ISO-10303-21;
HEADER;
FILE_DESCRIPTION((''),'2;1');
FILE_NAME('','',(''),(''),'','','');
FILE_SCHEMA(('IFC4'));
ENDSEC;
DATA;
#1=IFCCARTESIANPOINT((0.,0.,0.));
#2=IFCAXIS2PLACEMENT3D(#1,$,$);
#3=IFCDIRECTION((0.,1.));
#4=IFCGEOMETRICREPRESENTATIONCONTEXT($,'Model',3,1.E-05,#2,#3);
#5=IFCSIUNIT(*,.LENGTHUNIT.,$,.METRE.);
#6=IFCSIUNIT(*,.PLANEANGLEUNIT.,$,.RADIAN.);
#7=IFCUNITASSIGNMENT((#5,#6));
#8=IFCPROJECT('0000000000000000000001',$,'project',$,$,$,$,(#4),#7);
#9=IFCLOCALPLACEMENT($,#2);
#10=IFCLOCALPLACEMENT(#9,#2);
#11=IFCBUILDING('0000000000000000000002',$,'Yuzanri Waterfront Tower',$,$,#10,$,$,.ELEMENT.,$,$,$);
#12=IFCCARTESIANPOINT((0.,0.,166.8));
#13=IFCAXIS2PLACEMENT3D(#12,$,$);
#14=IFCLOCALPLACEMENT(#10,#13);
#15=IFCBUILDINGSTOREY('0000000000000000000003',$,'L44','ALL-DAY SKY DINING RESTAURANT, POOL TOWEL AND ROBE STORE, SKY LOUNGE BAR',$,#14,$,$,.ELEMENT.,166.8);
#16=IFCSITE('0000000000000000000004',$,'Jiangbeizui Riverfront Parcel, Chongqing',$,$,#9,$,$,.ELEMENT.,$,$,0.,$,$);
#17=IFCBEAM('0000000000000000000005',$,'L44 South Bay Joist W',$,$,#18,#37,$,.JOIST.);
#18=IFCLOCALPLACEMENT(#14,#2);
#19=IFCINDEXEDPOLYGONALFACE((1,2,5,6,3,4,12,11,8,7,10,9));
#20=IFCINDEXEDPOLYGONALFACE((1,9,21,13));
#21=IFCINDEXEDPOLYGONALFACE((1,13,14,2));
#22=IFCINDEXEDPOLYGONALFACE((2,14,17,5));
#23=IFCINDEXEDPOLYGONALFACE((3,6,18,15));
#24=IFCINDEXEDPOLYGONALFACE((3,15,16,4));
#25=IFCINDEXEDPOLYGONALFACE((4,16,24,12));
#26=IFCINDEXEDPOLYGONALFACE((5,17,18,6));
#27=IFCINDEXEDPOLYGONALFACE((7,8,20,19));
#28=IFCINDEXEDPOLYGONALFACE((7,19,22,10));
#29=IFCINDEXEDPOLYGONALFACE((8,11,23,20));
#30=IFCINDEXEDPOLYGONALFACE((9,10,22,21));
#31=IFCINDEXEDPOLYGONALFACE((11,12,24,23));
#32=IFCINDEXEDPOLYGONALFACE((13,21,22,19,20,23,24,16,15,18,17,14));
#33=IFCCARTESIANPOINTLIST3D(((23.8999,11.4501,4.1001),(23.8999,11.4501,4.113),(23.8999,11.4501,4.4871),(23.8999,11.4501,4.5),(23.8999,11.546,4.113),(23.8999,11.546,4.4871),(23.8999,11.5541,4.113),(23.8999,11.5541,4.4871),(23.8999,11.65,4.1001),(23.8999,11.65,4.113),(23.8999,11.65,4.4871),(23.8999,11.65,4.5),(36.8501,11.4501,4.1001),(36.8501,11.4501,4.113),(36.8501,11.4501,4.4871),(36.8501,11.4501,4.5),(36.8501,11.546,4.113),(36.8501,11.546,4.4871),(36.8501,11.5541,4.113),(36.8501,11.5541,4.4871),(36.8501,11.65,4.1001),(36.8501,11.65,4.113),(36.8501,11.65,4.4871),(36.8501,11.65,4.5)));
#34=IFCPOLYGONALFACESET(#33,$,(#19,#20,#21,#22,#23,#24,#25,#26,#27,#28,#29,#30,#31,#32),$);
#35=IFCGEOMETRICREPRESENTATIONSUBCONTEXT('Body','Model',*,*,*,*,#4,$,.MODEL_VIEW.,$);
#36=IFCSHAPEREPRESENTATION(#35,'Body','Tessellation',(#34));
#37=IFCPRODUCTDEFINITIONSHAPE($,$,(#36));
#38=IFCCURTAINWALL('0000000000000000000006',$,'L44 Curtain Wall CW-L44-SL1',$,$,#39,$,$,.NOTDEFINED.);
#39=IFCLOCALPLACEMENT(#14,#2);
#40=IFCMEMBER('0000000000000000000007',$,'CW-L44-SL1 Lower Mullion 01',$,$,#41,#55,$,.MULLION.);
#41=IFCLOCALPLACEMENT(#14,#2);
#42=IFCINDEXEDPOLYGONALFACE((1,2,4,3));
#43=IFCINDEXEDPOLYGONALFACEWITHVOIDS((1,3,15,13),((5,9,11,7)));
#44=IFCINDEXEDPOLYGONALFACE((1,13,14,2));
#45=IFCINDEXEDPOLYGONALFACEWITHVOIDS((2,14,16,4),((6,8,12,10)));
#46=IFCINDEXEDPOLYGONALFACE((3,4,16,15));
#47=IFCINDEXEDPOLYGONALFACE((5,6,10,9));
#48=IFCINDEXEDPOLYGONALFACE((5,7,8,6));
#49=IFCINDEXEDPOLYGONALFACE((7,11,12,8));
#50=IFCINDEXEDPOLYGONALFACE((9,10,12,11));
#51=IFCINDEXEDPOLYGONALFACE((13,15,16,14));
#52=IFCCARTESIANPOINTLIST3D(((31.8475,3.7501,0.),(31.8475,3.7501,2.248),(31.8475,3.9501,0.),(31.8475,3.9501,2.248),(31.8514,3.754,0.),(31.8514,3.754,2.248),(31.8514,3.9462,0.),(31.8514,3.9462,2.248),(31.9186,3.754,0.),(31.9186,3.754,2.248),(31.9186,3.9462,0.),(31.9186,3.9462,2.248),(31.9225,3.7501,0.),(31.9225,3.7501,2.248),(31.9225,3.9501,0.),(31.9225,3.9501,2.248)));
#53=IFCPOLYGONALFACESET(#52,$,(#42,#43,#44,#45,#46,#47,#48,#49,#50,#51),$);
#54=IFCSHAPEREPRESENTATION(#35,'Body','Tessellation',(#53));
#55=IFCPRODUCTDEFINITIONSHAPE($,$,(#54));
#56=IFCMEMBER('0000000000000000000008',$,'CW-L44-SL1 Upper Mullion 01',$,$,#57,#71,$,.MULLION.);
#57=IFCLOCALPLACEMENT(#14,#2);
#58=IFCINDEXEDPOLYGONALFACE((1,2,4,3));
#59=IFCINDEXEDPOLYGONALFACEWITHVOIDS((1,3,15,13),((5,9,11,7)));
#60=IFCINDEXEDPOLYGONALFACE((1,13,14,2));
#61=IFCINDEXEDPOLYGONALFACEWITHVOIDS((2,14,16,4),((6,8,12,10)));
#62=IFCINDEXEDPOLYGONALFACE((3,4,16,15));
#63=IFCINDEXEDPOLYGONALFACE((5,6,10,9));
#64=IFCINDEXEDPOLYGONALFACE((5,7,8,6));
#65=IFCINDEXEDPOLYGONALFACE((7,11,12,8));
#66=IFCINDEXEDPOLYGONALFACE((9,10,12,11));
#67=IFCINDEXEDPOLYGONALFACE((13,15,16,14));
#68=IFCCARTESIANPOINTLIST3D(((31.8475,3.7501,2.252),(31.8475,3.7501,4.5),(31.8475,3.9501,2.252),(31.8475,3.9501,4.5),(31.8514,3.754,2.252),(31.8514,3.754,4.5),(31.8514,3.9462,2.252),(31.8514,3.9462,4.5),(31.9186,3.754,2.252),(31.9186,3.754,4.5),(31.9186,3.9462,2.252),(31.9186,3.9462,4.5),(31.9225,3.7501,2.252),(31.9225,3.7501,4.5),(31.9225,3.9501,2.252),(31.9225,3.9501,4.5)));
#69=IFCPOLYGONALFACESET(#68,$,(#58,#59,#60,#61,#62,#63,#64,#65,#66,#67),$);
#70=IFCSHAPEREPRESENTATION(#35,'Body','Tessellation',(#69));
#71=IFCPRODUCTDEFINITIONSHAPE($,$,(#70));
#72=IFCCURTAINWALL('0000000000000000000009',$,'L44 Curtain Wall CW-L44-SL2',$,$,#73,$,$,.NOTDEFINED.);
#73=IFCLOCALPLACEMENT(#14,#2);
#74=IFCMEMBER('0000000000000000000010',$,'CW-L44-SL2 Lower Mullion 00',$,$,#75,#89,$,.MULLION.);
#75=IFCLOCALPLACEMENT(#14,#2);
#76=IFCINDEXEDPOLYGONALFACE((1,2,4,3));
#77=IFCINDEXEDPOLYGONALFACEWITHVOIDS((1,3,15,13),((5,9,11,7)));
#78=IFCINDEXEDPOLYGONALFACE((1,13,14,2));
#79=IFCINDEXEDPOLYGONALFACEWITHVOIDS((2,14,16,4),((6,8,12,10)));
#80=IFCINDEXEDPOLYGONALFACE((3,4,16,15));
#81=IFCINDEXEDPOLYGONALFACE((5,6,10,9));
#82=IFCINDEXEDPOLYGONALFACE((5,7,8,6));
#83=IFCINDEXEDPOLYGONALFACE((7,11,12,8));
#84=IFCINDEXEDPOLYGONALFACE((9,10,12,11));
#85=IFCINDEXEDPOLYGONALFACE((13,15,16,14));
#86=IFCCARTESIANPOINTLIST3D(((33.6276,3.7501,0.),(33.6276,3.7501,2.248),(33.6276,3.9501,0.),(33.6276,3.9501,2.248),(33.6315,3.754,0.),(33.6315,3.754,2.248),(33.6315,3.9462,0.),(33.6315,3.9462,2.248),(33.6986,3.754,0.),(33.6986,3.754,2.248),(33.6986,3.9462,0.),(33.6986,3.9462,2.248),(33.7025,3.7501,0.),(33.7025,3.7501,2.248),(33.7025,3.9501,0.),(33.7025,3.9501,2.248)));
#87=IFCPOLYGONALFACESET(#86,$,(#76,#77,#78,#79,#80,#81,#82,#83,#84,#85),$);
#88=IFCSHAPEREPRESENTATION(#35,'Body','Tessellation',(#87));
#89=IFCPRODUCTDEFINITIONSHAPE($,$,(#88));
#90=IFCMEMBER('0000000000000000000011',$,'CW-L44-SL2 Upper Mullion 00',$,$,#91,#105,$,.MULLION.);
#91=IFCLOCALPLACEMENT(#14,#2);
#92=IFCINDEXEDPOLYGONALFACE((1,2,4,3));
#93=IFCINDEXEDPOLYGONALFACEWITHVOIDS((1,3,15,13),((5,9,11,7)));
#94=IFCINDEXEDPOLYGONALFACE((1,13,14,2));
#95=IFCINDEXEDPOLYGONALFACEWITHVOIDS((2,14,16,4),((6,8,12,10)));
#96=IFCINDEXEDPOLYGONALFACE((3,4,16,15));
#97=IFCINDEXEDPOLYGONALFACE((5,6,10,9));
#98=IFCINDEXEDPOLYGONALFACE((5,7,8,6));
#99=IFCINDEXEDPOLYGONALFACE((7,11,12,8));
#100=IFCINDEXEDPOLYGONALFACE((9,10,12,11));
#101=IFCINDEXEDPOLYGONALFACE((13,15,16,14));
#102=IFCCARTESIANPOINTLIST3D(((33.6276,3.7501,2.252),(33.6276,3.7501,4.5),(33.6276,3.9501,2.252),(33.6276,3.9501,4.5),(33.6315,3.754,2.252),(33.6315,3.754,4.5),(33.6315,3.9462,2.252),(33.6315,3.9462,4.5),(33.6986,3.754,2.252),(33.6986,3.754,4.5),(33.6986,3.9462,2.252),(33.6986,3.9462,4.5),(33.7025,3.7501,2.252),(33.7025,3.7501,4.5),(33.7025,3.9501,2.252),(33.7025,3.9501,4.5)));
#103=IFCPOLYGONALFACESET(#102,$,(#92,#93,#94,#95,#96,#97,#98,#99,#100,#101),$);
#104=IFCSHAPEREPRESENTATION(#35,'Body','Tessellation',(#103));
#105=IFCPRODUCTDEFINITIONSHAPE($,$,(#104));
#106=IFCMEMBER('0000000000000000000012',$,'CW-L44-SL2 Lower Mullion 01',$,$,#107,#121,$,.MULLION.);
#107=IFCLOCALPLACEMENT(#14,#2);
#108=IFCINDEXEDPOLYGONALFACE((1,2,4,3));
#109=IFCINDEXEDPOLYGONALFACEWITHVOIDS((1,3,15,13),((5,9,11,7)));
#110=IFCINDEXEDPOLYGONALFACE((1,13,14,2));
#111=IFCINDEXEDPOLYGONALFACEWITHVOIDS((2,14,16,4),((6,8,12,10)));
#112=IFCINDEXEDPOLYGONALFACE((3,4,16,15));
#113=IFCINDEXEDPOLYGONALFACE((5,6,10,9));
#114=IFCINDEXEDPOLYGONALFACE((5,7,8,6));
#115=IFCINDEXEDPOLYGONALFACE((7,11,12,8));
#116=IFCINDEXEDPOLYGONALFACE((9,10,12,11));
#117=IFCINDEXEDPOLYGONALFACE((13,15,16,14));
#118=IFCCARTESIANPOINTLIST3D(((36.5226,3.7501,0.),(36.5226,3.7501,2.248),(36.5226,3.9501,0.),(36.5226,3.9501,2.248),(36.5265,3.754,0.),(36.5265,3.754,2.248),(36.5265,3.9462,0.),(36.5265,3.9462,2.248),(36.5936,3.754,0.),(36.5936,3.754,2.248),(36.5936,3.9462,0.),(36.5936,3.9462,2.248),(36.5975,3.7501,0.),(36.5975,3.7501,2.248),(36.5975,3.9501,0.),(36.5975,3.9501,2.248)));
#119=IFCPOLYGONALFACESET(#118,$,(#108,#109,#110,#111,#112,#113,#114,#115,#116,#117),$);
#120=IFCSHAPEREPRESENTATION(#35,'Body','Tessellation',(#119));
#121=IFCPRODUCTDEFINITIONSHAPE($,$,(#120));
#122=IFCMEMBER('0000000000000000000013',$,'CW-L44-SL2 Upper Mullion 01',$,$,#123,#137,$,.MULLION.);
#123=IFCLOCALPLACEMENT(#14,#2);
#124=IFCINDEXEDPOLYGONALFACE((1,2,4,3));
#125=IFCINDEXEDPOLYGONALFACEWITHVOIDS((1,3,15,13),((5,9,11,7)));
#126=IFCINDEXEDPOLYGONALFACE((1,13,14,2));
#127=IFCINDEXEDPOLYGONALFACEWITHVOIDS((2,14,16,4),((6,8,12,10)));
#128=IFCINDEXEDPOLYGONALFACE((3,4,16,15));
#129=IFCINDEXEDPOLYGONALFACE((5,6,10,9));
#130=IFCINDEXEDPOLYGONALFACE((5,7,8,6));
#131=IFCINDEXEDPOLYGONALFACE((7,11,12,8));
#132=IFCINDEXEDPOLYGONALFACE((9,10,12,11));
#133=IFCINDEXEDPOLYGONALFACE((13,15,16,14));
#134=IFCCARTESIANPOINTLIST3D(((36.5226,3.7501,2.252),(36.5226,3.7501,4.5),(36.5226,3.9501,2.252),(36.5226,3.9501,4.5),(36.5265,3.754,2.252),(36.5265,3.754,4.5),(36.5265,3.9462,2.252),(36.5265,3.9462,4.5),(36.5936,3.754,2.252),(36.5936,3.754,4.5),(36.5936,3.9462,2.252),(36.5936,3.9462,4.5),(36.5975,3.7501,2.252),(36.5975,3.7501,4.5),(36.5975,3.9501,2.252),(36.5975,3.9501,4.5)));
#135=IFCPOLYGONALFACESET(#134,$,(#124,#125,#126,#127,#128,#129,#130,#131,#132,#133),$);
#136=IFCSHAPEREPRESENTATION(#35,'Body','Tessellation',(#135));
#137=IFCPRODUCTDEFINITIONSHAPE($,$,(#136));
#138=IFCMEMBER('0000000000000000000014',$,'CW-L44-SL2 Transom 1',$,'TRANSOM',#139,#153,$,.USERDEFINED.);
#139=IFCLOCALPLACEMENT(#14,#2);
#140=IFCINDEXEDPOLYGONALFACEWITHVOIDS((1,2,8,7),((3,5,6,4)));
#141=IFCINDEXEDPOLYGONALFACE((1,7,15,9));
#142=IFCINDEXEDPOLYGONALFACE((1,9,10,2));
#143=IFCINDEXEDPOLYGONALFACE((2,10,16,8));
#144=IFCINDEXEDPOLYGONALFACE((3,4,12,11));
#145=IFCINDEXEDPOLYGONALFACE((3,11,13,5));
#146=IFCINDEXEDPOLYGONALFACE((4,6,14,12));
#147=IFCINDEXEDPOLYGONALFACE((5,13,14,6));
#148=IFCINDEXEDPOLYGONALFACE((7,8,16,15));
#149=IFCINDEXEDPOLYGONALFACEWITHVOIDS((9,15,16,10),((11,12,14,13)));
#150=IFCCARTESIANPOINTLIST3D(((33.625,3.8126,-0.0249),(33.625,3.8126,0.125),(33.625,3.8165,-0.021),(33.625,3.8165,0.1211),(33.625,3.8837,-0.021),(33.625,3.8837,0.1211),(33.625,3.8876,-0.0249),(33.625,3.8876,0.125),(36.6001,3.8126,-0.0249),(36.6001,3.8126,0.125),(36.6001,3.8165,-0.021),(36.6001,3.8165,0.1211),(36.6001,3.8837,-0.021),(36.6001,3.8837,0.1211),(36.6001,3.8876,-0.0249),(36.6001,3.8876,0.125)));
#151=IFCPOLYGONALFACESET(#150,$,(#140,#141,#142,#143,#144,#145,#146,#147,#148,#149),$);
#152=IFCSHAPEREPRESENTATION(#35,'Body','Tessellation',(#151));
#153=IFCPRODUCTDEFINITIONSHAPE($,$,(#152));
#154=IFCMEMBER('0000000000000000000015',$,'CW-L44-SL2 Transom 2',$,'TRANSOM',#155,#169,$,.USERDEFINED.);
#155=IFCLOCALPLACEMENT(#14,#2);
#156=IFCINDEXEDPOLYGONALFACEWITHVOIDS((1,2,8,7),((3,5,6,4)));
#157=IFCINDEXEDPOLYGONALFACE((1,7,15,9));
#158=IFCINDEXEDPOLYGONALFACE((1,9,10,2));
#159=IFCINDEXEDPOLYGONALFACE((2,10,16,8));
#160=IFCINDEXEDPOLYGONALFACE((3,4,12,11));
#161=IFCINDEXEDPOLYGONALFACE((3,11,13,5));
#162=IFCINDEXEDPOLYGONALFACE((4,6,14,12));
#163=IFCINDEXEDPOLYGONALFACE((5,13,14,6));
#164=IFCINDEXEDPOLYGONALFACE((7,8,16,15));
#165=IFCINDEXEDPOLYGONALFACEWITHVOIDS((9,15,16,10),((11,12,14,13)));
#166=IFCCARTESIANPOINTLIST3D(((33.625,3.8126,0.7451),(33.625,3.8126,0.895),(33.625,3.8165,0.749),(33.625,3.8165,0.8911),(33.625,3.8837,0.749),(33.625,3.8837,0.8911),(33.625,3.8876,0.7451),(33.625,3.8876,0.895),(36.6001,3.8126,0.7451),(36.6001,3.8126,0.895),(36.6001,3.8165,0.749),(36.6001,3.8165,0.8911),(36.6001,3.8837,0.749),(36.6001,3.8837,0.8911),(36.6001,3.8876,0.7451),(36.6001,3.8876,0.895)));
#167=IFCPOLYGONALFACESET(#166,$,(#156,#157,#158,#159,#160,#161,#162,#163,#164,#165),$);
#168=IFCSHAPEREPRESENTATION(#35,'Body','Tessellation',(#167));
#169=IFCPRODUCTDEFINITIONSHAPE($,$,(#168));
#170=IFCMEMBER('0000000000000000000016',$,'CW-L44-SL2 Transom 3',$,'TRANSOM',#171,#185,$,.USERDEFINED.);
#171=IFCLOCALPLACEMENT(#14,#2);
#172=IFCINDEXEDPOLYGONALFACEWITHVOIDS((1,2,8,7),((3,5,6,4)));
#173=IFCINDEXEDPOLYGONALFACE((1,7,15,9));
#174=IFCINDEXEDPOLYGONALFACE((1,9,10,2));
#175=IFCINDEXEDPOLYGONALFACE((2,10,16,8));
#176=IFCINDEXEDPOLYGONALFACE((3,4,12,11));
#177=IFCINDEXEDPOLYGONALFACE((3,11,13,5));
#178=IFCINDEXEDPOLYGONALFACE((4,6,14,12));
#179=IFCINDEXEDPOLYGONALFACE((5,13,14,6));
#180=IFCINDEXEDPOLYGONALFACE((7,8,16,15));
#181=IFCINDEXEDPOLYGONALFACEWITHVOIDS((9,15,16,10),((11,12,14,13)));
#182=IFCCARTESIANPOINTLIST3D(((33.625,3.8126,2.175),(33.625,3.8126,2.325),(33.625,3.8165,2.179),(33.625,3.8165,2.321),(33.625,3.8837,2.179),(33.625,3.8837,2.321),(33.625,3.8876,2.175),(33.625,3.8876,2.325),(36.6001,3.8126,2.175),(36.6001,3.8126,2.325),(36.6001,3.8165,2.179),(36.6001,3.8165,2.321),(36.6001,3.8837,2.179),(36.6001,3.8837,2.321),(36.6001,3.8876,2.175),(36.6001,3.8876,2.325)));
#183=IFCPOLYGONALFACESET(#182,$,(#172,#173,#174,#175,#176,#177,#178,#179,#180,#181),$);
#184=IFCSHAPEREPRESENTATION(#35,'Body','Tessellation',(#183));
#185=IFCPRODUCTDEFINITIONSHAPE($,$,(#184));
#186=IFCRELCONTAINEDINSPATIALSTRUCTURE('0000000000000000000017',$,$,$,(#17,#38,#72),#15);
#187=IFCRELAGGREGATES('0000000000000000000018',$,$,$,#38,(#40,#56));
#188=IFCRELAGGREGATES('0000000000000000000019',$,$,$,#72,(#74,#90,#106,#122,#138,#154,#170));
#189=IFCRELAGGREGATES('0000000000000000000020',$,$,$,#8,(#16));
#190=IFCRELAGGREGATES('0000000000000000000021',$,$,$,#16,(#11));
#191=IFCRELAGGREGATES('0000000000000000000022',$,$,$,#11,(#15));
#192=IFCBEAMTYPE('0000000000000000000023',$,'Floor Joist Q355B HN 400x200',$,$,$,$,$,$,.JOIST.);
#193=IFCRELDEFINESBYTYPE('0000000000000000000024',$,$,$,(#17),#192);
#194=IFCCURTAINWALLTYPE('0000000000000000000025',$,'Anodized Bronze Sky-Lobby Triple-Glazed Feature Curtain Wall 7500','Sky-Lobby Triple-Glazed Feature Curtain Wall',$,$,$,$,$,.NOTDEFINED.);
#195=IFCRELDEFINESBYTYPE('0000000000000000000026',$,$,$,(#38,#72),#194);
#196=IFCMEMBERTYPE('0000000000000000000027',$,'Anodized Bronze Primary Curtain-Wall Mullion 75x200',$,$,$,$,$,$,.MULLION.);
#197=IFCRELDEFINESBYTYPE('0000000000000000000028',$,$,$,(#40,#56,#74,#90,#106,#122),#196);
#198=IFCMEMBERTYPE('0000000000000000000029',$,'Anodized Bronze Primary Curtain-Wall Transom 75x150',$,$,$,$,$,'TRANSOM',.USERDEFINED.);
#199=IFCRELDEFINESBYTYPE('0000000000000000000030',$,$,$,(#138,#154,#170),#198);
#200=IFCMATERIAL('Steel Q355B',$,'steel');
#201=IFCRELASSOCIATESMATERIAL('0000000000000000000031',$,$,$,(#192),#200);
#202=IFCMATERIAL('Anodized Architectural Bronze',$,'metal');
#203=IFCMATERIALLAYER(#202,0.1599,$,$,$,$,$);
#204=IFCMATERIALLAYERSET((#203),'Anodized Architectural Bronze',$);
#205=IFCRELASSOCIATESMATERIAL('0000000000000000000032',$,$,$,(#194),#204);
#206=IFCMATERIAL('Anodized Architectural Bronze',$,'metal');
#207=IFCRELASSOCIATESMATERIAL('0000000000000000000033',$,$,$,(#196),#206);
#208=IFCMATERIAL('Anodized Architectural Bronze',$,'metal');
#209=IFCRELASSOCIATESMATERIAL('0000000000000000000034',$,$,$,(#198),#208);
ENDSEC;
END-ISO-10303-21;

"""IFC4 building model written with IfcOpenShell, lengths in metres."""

from ifc_helpers import new_model, si_unit, direction, frame, origin, origin_2d, place, context, subcontext, project, spatial, hollow_rectangle, i_section, extrude, source, transform, mapped, material, layer, layer_set, material_profile, profile_set, type_object, element, aggregate, save


model = new_model("IFC4")

# Units and contexts
model_context = context("Model", 3, precision=1e-05, world=origin(), true_north=direction((0.0, 1.0)))
body_context = subcontext(model_context, "Body", "Model", "MODEL_VIEW")
ifc_project = project(units=[si_unit("LENGTHUNIT", "METRE"), si_unit("PLANEANGLEUNIT", "RADIAN")], contexts=[model_context])

# Site, building, storey
site_placement = place(None, origin())
site = spatial("IfcSite", under=ifc_project, at=site_placement, Name="Jiangbeizui Riverfront Parcel, Chongqing", CompositionType="ELEMENT", RefElevation=0.0)
building_placement = place(site_placement, origin())
building = spatial("IfcBuilding", under=site, at=building_placement, Name="Yuzanri Waterfront Tower", CompositionType="ELEMENT")
storey_placement = place(building_placement, frame((0.0, 0.0, 166.8)))
storey = spatial("IfcBuildingStorey", under=building, at=storey_placement, Name="L44", Description="ALL-DAY SKY DINING RESTAURANT, POOL TOWEL AND ROBE STORE, SKY LOUNGE BAR", CompositionType="ELEMENT", Elevation=166.8)

# Beam
ifc_material_1 = material(Name="Steel Q355B", Category="steel")
ifc_material_profile_1 = material_profile(ifc_material_1, i_section(OverallWidth=0.2, OverallDepth=0.3999, WebThickness=0.0081, FlangeThickness=0.0129, at=origin_2d()), Name="HN 400x200x8x13")
ifc_profile_set_1 = profile_set([ifc_material_profile_1], Name="Steel Q355B")
beam_type = type_object("IfcBeamType", Name="Floor Joist Q355B HN 400x200", PredefinedType="JOIST", material=ifc_profile_set_1)
shared_shape_1 = source(origin(), body_context, "Body", "SweptSolid", [
    extrude(i_section(OverallWidth=0.2, OverallDepth=0.3999, WebThickness=0.0081, FlangeThickness=0.0129, at=origin_2d()), origin(), (0.0, 0.0, 1.0), 12.9502),
])
beam_placement = place(storey_placement, frame((23.8999, 11.55, 4.3), z_axis=(1.0, 0.0, 0.0), x_axis=(0.0, 1.0, 0.0)))
element("IfcBeam", 1, at=beam_placement, inside=storey, type_object=beam_type, Name="L44 South Bay Joist W", PredefinedType="JOIST", context=body_context, shape_type="MappedRepresentation", body=[
    mapped(shared_shape_1, transform((0.0, 0.0, 0.0), scale=1.0)),
])

# Curtain walls, members
ifc_material_2 = material(Name="Anodized Architectural Bronze", Category="metal")
ifc_layer_1 = layer(ifc_material_2, 0.1599)
ifc_layer_set_1 = layer_set([ifc_layer_1], Name="Anodized Architectural Bronze")
curtain_wall_type = type_object("IfcCurtainWallType", Name="Anodized Bronze Sky-Lobby Triple-Glazed Feature Curtain Wall 7500", Description="Sky-Lobby Triple-Glazed Feature Curtain Wall", PredefinedType="NOTDEFINED", material=ifc_layer_set_1)
curtain_wall_1_placement = place(storey_placement, origin())
curtain_wall_1 = element("IfcCurtainWall", 2, at=curtain_wall_1_placement, inside=storey, type_object=curtain_wall_type, Name="L44 Curtain Wall CW-L44-SL1", PredefinedType="NOTDEFINED")
ifc_material_3 = material(Name="Anodized Architectural Bronze", Category="metal")
ifc_material_profile_2 = material_profile(ifc_material_3, hollow_rectangle(XDim=0.075, YDim=0.2, WallThickness=0.0039, at=origin_2d()), Name="CWM 75x200")
ifc_profile_set_2 = profile_set([ifc_material_profile_2], Name="Anodized Architectural Bronze")
member_type_1 = type_object("IfcMemberType", Name="Anodized Bronze Primary Curtain-Wall Mullion 75x200", PredefinedType="MULLION", material=ifc_profile_set_2)
shared_shape_2 = source(origin(), body_context, "Body", "SweptSolid", [
    extrude(hollow_rectangle(XDim=0.075, YDim=0.2, WallThickness=0.0039, at=origin_2d()), origin(), (0.0, 0.0, 1.0), 2.248),
])
member_1_placement = place(storey_placement, frame((31.885, 3.8501, 0.0), z_axis=(0.0, 0.0, 1.0), x_axis=(1.0, 0.0, 0.0)))
member_1 = element("IfcMember", 3, at=member_1_placement, type_object=member_type_1, Name="CW-L44-SL1 Lower Mullion 01", PredefinedType="MULLION", context=body_context, shape_type="MappedRepresentation", body=[
    mapped(shared_shape_2, transform((0.0, 0.0, 0.0), scale=1.0)),
])
member_2_placement = place(storey_placement, frame((31.885, 3.8501, 2.252), z_axis=(0.0, 0.0, 1.0), x_axis=(1.0, 0.0, 0.0)))
member_2 = element("IfcMember", 4, at=member_2_placement, type_object=member_type_1, Name="CW-L44-SL1 Upper Mullion 01", PredefinedType="MULLION", context=body_context, shape_type="MappedRepresentation", body=[
    mapped(shared_shape_2, transform((0.0, 0.0, 0.0), scale=1.0)),
])
curtain_wall_2_placement = place(storey_placement, origin())
curtain_wall_2 = element("IfcCurtainWall", 5, at=curtain_wall_2_placement, inside=storey, type_object=curtain_wall_type, Name="L44 Curtain Wall CW-L44-SL2", PredefinedType="NOTDEFINED")
member_3_placement = place(storey_placement, frame((33.665, 3.8501, 0.0), z_axis=(0.0, 0.0, 1.0), x_axis=(1.0, 0.0, 0.0)))
member_3 = element("IfcMember", 6, at=member_3_placement, type_object=member_type_1, Name="CW-L44-SL2 Lower Mullion 00", PredefinedType="MULLION", context=body_context, shape_type="MappedRepresentation", body=[
    mapped(shared_shape_2, transform((0.0, 0.0, 0.0), scale=1.0)),
])
member_4_placement = place(storey_placement, frame((33.665, 3.8501, 2.252), z_axis=(0.0, 0.0, 1.0), x_axis=(1.0, 0.0, 0.0)))
member_4 = element("IfcMember", 7, at=member_4_placement, type_object=member_type_1, Name="CW-L44-SL2 Upper Mullion 00", PredefinedType="MULLION", context=body_context, shape_type="MappedRepresentation", body=[
    mapped(shared_shape_2, transform((0.0, 0.0, 0.0), scale=1.0)),
])
member_5_placement = place(storey_placement, frame((36.5601, 3.8501, 0.0), z_axis=(0.0, 0.0, 1.0), x_axis=(1.0, 0.0, 0.0)))
member_5 = element("IfcMember", 8, at=member_5_placement, type_object=member_type_1, Name="CW-L44-SL2 Lower Mullion 01", PredefinedType="MULLION", context=body_context, shape_type="MappedRepresentation", body=[
    mapped(shared_shape_2, transform((0.0, 0.0, 0.0), scale=1.0)),
])
member_6_placement = place(storey_placement, frame((36.5601, 3.8501, 2.252), z_axis=(0.0, 0.0, 1.0), x_axis=(1.0, 0.0, 0.0)))
member_6 = element("IfcMember", 9, at=member_6_placement, type_object=member_type_1, Name="CW-L44-SL2 Upper Mullion 01", PredefinedType="MULLION", context=body_context, shape_type="MappedRepresentation", body=[
    mapped(shared_shape_2, transform((0.0, 0.0, 0.0), scale=1.0)),
])
ifc_material_4 = material(Name="Anodized Architectural Bronze", Category="metal")
ifc_material_profile_3 = material_profile(ifc_material_4, hollow_rectangle(XDim=0.075, YDim=0.1499, WallThickness=0.0039, at=origin_2d()), Name="CWT 75x150")
ifc_profile_set_3 = profile_set([ifc_material_profile_3], Name="Anodized Architectural Bronze")
member_type_2 = type_object("IfcMemberType", Name="Anodized Bronze Primary Curtain-Wall Transom 75x150", ElementType="TRANSOM", PredefinedType="USERDEFINED", material=ifc_profile_set_3)
shared_shape_3 = source(origin(), body_context, "Body", "SweptSolid", [
    extrude(hollow_rectangle(XDim=0.075, YDim=0.1499, WallThickness=0.0039, at=origin_2d()), origin(), (0.0, 0.0, 1.0), 2.9751),
])
member_7_placement = place(storey_placement, frame((33.625, 3.8501, 0.05), z_axis=(1.0, 0.0, 0.0), x_axis=(0.0, 1.0, 0.0)))
member_7 = element("IfcMember", 10, at=member_7_placement, type_object=member_type_2, Name="CW-L44-SL2 Transom 1", ObjectType="TRANSOM", PredefinedType="USERDEFINED", context=body_context, shape_type="MappedRepresentation", body=[
    mapped(shared_shape_3, transform((0.0, 0.0, 0.0), scale=1.0)),
])
member_8_placement = place(storey_placement, frame((33.625, 3.8501, 0.8201), z_axis=(1.0, 0.0, 0.0), x_axis=(0.0, 1.0, 0.0)))
member_8 = element("IfcMember", 11, at=member_8_placement, type_object=member_type_2, Name="CW-L44-SL2 Transom 2", ObjectType="TRANSOM", PredefinedType="USERDEFINED", context=body_context, shape_type="MappedRepresentation", body=[
    mapped(shared_shape_3, transform((0.0, 0.0, 0.0), scale=1.0)),
])
member_9_placement = place(storey_placement, frame((33.625, 3.8501, 2.25), z_axis=(1.0, 0.0, 0.0), x_axis=(0.0, 1.0, 0.0)))
member_9 = element("IfcMember", 12, at=member_9_placement, type_object=member_type_2, Name="CW-L44-SL2 Transom 3", ObjectType="TRANSOM", PredefinedType="USERDEFINED", context=body_context, shape_type="MappedRepresentation", body=[
    mapped(shared_shape_3, transform((0.0, 0.0, 0.0), scale=1.0)),
])

aggregate(curtain_wall_1, [member_1, member_2])
aggregate(curtain_wall_2, [member_3, member_4, member_5, member_6, member_7, member_8, member_9])

save(model, "model.ifc")
